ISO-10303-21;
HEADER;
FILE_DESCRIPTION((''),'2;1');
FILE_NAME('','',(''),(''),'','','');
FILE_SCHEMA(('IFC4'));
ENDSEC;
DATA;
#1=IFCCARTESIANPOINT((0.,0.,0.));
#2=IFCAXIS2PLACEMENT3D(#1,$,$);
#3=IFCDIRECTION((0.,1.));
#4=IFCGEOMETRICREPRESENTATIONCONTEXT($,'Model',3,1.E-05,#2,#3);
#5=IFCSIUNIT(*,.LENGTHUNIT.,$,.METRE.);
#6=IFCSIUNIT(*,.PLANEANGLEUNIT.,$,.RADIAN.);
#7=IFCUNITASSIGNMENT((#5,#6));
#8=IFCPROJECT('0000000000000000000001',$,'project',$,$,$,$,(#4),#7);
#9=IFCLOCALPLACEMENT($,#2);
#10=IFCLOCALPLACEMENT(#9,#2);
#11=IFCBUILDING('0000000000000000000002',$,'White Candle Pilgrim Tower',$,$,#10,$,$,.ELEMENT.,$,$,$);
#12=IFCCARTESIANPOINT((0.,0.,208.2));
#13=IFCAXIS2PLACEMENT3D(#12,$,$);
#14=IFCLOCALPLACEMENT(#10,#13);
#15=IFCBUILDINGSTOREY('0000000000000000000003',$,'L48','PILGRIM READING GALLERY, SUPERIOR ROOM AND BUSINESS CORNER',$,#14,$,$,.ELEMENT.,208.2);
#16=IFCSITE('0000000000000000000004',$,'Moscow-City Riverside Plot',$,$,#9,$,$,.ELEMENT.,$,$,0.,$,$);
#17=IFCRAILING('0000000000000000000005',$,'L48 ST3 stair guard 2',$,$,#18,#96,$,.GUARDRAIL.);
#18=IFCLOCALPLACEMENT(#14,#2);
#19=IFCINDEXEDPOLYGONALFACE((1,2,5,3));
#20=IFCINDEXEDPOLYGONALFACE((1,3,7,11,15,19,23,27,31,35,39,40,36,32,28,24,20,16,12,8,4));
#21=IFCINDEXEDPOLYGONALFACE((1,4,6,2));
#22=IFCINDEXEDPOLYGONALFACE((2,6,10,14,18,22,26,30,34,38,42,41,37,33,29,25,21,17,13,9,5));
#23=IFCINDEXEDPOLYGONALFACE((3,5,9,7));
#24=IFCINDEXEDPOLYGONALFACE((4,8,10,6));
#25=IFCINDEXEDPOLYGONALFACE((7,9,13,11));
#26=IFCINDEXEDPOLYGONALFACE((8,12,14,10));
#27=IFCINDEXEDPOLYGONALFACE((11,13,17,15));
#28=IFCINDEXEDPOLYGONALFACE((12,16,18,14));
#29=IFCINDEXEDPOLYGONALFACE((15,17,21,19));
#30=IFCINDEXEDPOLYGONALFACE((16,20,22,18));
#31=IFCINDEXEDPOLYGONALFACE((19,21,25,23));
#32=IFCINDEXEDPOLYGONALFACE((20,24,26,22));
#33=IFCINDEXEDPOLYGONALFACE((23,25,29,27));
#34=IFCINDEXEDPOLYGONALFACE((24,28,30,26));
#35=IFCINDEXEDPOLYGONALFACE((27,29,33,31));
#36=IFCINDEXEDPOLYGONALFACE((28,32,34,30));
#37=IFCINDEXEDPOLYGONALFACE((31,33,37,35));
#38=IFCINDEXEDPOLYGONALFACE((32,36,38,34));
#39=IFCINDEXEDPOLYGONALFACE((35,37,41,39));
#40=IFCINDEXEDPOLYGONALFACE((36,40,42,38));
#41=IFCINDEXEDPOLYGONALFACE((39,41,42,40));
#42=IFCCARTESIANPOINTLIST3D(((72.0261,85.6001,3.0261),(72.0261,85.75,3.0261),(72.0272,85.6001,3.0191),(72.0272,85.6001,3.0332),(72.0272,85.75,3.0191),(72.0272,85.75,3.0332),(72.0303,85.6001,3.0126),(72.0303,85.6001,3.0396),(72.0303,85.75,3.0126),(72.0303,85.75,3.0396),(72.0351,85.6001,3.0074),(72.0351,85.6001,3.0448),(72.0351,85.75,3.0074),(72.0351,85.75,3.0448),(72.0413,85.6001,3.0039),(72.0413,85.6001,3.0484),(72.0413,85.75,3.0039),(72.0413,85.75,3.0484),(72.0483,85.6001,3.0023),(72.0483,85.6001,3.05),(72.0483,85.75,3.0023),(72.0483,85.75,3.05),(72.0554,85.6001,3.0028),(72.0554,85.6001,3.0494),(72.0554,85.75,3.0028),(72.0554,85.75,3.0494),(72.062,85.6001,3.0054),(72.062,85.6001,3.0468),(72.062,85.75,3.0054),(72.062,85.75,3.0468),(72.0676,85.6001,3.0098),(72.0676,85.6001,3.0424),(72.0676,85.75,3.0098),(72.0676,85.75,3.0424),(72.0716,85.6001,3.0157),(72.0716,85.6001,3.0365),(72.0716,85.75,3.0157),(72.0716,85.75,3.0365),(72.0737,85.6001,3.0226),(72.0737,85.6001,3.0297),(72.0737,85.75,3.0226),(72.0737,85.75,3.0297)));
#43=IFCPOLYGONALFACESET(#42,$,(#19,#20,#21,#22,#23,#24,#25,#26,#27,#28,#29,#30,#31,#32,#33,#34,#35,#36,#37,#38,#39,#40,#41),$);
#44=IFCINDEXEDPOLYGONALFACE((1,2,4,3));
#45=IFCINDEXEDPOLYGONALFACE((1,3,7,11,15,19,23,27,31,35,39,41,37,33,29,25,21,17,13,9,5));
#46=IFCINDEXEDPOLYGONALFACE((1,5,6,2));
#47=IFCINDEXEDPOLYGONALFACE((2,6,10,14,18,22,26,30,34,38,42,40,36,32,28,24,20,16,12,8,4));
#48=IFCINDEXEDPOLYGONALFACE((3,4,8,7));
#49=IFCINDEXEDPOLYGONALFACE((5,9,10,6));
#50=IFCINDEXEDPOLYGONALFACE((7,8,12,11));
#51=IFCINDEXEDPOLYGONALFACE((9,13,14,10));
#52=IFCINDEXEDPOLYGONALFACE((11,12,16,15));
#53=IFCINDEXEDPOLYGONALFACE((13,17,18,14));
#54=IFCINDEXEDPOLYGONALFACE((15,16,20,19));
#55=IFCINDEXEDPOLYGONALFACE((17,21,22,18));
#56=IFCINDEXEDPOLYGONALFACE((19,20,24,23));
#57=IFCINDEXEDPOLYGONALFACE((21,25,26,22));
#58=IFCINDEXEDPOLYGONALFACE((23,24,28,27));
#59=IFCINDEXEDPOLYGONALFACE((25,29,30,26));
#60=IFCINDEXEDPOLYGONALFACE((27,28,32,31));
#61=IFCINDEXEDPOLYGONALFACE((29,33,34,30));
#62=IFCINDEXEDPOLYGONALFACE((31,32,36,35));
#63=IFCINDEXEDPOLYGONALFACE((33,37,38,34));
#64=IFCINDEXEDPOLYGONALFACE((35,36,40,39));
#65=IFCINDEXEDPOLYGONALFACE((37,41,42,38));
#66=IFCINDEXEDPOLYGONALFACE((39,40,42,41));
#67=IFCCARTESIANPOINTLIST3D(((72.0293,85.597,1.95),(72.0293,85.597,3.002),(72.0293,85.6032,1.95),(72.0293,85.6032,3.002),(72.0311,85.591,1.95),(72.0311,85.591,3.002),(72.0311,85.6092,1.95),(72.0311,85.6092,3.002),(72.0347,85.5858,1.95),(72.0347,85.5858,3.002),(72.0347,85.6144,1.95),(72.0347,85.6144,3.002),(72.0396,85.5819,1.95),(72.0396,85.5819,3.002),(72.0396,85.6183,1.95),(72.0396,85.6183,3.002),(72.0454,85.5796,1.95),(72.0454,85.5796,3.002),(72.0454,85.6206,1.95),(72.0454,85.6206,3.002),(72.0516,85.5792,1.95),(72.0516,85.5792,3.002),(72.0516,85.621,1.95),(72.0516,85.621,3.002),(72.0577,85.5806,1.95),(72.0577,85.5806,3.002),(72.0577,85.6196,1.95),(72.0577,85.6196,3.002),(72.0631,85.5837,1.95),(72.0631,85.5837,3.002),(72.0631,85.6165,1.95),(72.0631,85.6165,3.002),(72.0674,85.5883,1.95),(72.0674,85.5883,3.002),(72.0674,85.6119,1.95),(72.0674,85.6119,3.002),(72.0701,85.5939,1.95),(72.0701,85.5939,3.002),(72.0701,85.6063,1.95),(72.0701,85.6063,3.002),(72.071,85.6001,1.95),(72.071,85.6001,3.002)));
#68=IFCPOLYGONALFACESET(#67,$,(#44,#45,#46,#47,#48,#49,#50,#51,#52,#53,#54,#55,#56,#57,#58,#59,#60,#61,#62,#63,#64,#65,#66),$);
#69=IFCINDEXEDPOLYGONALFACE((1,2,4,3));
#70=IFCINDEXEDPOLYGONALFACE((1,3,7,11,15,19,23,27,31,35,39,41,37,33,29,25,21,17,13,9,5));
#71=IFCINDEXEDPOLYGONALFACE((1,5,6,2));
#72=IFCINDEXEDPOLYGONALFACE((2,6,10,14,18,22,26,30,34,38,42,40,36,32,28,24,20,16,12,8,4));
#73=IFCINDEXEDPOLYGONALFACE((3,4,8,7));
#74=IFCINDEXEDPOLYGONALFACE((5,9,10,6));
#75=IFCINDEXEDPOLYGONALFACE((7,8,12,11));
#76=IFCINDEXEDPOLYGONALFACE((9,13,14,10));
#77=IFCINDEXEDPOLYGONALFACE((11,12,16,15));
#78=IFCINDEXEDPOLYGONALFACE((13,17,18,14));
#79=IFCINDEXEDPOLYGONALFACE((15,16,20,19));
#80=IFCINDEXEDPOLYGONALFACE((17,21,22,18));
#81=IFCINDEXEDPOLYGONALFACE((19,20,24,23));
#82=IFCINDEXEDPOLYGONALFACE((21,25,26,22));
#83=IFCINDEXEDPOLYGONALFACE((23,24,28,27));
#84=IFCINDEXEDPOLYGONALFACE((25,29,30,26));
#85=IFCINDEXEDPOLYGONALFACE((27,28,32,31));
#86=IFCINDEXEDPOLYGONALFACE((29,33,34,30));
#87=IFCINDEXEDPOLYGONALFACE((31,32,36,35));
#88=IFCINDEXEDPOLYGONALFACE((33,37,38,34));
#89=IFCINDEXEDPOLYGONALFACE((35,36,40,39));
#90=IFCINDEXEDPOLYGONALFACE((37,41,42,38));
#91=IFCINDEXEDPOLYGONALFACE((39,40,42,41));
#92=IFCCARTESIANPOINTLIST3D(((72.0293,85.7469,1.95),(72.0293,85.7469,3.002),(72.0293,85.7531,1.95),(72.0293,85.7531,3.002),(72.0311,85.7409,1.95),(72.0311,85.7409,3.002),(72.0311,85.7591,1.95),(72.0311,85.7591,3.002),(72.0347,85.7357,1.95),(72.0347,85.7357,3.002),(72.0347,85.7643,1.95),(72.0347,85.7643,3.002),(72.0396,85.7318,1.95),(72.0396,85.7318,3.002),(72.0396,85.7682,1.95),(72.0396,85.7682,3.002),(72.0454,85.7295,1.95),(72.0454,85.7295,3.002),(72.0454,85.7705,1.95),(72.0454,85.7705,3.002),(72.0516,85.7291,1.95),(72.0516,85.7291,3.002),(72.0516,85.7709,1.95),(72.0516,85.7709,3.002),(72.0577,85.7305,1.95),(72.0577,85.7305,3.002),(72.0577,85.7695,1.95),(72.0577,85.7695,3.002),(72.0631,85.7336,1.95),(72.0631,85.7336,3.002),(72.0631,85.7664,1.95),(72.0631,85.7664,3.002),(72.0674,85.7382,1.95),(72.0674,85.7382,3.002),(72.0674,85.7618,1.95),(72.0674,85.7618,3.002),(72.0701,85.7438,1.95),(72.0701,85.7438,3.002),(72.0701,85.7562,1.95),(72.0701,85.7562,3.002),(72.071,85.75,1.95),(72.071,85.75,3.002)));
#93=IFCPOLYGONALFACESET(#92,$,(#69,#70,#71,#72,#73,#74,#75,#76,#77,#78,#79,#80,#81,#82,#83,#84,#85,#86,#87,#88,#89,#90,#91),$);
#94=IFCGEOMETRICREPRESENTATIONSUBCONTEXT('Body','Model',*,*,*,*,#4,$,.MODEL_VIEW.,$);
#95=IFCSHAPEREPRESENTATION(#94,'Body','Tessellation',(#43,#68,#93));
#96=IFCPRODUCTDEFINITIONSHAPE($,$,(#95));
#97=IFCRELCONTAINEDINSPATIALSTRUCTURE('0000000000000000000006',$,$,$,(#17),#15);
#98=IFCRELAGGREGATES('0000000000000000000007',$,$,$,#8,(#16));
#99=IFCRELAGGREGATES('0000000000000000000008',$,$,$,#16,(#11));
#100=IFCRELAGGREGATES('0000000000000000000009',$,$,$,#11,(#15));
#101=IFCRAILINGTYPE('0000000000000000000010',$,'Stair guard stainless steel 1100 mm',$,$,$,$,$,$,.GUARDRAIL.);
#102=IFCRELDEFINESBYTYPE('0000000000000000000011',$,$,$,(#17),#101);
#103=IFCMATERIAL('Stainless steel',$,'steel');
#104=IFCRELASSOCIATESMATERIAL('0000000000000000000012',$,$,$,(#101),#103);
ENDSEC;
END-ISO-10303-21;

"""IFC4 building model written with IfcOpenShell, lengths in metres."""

from ifc_helpers import new_model, si_unit, direction, frame, origin, origin_2d, place, context, subcontext, project, spatial, circle, extrude, material, type_object, element, save


model = new_model("IFC4")

# Units and contexts
model_context = context("Model", 3, precision=1e-05, world=origin(), true_north=direction((0.0, 1.0)))
body_context = subcontext(model_context, "Body", "Model", "MODEL_VIEW")
ifc_project = project(units=[si_unit("LENGTHUNIT", "METRE"), si_unit("PLANEANGLEUNIT", "RADIAN")], contexts=[model_context])

# Site, building, storey
site_placement = place(None, origin())
site = spatial("IfcSite", under=ifc_project, at=site_placement, Name="Moscow-City Riverside Plot", CompositionType="ELEMENT", RefElevation=0.0)
building_placement = place(site_placement, origin())
building = spatial("IfcBuilding", under=site, at=building_placement, Name="White Candle Pilgrim Tower", CompositionType="ELEMENT")
storey_placement = place(building_placement, frame((0.0, 0.0, 208.2)))
storey = spatial("IfcBuildingStorey", under=building, at=storey_placement, Name="L48", Description="PILGRIM READING GALLERY, SUPERIOR ROOM AND BUSINESS CORNER", CompositionType="ELEMENT", Elevation=208.2)

# Railing
ifc_material_1 = material(Name="Stainless steel", Category="steel")
railing_type_1 = type_object("IfcRailingType", Name="Stair guard stainless steel 1100 mm", PredefinedType="GUARDRAIL", material=ifc_material_1)
railing_1_placement = place(storey_placement, frame((72.05, 85.6001, 1.95)))
element("IfcRailing", 1, at=railing_1_placement, inside=storey, type_object=railing_type_1, Name="L48 ST3 stair guard 2", PredefinedType="GUARDRAIL", context=body_context, shape_type="SweptSolid", body=[
    extrude(circle(Radius=0.0239, at=origin_2d()), frame((0.0, 0.0, 1.0762), z_axis=(0.0, 1.0, 0.0), x_axis=(-1.0, 0.0, 0.0)), (0.0, 0.0, 1.0), 0.1499),
    extrude(circle(Radius=0.021, at=origin_2d()), origin(), (0.0, 0.0, 1.0), 1.052),
    extrude(circle(Radius=0.021, at=origin_2d()), frame((0.0, 0.1499, 0.0)), (0.0, 0.0, 1.0), 1.052),
])

save(model, "model.ifc")
